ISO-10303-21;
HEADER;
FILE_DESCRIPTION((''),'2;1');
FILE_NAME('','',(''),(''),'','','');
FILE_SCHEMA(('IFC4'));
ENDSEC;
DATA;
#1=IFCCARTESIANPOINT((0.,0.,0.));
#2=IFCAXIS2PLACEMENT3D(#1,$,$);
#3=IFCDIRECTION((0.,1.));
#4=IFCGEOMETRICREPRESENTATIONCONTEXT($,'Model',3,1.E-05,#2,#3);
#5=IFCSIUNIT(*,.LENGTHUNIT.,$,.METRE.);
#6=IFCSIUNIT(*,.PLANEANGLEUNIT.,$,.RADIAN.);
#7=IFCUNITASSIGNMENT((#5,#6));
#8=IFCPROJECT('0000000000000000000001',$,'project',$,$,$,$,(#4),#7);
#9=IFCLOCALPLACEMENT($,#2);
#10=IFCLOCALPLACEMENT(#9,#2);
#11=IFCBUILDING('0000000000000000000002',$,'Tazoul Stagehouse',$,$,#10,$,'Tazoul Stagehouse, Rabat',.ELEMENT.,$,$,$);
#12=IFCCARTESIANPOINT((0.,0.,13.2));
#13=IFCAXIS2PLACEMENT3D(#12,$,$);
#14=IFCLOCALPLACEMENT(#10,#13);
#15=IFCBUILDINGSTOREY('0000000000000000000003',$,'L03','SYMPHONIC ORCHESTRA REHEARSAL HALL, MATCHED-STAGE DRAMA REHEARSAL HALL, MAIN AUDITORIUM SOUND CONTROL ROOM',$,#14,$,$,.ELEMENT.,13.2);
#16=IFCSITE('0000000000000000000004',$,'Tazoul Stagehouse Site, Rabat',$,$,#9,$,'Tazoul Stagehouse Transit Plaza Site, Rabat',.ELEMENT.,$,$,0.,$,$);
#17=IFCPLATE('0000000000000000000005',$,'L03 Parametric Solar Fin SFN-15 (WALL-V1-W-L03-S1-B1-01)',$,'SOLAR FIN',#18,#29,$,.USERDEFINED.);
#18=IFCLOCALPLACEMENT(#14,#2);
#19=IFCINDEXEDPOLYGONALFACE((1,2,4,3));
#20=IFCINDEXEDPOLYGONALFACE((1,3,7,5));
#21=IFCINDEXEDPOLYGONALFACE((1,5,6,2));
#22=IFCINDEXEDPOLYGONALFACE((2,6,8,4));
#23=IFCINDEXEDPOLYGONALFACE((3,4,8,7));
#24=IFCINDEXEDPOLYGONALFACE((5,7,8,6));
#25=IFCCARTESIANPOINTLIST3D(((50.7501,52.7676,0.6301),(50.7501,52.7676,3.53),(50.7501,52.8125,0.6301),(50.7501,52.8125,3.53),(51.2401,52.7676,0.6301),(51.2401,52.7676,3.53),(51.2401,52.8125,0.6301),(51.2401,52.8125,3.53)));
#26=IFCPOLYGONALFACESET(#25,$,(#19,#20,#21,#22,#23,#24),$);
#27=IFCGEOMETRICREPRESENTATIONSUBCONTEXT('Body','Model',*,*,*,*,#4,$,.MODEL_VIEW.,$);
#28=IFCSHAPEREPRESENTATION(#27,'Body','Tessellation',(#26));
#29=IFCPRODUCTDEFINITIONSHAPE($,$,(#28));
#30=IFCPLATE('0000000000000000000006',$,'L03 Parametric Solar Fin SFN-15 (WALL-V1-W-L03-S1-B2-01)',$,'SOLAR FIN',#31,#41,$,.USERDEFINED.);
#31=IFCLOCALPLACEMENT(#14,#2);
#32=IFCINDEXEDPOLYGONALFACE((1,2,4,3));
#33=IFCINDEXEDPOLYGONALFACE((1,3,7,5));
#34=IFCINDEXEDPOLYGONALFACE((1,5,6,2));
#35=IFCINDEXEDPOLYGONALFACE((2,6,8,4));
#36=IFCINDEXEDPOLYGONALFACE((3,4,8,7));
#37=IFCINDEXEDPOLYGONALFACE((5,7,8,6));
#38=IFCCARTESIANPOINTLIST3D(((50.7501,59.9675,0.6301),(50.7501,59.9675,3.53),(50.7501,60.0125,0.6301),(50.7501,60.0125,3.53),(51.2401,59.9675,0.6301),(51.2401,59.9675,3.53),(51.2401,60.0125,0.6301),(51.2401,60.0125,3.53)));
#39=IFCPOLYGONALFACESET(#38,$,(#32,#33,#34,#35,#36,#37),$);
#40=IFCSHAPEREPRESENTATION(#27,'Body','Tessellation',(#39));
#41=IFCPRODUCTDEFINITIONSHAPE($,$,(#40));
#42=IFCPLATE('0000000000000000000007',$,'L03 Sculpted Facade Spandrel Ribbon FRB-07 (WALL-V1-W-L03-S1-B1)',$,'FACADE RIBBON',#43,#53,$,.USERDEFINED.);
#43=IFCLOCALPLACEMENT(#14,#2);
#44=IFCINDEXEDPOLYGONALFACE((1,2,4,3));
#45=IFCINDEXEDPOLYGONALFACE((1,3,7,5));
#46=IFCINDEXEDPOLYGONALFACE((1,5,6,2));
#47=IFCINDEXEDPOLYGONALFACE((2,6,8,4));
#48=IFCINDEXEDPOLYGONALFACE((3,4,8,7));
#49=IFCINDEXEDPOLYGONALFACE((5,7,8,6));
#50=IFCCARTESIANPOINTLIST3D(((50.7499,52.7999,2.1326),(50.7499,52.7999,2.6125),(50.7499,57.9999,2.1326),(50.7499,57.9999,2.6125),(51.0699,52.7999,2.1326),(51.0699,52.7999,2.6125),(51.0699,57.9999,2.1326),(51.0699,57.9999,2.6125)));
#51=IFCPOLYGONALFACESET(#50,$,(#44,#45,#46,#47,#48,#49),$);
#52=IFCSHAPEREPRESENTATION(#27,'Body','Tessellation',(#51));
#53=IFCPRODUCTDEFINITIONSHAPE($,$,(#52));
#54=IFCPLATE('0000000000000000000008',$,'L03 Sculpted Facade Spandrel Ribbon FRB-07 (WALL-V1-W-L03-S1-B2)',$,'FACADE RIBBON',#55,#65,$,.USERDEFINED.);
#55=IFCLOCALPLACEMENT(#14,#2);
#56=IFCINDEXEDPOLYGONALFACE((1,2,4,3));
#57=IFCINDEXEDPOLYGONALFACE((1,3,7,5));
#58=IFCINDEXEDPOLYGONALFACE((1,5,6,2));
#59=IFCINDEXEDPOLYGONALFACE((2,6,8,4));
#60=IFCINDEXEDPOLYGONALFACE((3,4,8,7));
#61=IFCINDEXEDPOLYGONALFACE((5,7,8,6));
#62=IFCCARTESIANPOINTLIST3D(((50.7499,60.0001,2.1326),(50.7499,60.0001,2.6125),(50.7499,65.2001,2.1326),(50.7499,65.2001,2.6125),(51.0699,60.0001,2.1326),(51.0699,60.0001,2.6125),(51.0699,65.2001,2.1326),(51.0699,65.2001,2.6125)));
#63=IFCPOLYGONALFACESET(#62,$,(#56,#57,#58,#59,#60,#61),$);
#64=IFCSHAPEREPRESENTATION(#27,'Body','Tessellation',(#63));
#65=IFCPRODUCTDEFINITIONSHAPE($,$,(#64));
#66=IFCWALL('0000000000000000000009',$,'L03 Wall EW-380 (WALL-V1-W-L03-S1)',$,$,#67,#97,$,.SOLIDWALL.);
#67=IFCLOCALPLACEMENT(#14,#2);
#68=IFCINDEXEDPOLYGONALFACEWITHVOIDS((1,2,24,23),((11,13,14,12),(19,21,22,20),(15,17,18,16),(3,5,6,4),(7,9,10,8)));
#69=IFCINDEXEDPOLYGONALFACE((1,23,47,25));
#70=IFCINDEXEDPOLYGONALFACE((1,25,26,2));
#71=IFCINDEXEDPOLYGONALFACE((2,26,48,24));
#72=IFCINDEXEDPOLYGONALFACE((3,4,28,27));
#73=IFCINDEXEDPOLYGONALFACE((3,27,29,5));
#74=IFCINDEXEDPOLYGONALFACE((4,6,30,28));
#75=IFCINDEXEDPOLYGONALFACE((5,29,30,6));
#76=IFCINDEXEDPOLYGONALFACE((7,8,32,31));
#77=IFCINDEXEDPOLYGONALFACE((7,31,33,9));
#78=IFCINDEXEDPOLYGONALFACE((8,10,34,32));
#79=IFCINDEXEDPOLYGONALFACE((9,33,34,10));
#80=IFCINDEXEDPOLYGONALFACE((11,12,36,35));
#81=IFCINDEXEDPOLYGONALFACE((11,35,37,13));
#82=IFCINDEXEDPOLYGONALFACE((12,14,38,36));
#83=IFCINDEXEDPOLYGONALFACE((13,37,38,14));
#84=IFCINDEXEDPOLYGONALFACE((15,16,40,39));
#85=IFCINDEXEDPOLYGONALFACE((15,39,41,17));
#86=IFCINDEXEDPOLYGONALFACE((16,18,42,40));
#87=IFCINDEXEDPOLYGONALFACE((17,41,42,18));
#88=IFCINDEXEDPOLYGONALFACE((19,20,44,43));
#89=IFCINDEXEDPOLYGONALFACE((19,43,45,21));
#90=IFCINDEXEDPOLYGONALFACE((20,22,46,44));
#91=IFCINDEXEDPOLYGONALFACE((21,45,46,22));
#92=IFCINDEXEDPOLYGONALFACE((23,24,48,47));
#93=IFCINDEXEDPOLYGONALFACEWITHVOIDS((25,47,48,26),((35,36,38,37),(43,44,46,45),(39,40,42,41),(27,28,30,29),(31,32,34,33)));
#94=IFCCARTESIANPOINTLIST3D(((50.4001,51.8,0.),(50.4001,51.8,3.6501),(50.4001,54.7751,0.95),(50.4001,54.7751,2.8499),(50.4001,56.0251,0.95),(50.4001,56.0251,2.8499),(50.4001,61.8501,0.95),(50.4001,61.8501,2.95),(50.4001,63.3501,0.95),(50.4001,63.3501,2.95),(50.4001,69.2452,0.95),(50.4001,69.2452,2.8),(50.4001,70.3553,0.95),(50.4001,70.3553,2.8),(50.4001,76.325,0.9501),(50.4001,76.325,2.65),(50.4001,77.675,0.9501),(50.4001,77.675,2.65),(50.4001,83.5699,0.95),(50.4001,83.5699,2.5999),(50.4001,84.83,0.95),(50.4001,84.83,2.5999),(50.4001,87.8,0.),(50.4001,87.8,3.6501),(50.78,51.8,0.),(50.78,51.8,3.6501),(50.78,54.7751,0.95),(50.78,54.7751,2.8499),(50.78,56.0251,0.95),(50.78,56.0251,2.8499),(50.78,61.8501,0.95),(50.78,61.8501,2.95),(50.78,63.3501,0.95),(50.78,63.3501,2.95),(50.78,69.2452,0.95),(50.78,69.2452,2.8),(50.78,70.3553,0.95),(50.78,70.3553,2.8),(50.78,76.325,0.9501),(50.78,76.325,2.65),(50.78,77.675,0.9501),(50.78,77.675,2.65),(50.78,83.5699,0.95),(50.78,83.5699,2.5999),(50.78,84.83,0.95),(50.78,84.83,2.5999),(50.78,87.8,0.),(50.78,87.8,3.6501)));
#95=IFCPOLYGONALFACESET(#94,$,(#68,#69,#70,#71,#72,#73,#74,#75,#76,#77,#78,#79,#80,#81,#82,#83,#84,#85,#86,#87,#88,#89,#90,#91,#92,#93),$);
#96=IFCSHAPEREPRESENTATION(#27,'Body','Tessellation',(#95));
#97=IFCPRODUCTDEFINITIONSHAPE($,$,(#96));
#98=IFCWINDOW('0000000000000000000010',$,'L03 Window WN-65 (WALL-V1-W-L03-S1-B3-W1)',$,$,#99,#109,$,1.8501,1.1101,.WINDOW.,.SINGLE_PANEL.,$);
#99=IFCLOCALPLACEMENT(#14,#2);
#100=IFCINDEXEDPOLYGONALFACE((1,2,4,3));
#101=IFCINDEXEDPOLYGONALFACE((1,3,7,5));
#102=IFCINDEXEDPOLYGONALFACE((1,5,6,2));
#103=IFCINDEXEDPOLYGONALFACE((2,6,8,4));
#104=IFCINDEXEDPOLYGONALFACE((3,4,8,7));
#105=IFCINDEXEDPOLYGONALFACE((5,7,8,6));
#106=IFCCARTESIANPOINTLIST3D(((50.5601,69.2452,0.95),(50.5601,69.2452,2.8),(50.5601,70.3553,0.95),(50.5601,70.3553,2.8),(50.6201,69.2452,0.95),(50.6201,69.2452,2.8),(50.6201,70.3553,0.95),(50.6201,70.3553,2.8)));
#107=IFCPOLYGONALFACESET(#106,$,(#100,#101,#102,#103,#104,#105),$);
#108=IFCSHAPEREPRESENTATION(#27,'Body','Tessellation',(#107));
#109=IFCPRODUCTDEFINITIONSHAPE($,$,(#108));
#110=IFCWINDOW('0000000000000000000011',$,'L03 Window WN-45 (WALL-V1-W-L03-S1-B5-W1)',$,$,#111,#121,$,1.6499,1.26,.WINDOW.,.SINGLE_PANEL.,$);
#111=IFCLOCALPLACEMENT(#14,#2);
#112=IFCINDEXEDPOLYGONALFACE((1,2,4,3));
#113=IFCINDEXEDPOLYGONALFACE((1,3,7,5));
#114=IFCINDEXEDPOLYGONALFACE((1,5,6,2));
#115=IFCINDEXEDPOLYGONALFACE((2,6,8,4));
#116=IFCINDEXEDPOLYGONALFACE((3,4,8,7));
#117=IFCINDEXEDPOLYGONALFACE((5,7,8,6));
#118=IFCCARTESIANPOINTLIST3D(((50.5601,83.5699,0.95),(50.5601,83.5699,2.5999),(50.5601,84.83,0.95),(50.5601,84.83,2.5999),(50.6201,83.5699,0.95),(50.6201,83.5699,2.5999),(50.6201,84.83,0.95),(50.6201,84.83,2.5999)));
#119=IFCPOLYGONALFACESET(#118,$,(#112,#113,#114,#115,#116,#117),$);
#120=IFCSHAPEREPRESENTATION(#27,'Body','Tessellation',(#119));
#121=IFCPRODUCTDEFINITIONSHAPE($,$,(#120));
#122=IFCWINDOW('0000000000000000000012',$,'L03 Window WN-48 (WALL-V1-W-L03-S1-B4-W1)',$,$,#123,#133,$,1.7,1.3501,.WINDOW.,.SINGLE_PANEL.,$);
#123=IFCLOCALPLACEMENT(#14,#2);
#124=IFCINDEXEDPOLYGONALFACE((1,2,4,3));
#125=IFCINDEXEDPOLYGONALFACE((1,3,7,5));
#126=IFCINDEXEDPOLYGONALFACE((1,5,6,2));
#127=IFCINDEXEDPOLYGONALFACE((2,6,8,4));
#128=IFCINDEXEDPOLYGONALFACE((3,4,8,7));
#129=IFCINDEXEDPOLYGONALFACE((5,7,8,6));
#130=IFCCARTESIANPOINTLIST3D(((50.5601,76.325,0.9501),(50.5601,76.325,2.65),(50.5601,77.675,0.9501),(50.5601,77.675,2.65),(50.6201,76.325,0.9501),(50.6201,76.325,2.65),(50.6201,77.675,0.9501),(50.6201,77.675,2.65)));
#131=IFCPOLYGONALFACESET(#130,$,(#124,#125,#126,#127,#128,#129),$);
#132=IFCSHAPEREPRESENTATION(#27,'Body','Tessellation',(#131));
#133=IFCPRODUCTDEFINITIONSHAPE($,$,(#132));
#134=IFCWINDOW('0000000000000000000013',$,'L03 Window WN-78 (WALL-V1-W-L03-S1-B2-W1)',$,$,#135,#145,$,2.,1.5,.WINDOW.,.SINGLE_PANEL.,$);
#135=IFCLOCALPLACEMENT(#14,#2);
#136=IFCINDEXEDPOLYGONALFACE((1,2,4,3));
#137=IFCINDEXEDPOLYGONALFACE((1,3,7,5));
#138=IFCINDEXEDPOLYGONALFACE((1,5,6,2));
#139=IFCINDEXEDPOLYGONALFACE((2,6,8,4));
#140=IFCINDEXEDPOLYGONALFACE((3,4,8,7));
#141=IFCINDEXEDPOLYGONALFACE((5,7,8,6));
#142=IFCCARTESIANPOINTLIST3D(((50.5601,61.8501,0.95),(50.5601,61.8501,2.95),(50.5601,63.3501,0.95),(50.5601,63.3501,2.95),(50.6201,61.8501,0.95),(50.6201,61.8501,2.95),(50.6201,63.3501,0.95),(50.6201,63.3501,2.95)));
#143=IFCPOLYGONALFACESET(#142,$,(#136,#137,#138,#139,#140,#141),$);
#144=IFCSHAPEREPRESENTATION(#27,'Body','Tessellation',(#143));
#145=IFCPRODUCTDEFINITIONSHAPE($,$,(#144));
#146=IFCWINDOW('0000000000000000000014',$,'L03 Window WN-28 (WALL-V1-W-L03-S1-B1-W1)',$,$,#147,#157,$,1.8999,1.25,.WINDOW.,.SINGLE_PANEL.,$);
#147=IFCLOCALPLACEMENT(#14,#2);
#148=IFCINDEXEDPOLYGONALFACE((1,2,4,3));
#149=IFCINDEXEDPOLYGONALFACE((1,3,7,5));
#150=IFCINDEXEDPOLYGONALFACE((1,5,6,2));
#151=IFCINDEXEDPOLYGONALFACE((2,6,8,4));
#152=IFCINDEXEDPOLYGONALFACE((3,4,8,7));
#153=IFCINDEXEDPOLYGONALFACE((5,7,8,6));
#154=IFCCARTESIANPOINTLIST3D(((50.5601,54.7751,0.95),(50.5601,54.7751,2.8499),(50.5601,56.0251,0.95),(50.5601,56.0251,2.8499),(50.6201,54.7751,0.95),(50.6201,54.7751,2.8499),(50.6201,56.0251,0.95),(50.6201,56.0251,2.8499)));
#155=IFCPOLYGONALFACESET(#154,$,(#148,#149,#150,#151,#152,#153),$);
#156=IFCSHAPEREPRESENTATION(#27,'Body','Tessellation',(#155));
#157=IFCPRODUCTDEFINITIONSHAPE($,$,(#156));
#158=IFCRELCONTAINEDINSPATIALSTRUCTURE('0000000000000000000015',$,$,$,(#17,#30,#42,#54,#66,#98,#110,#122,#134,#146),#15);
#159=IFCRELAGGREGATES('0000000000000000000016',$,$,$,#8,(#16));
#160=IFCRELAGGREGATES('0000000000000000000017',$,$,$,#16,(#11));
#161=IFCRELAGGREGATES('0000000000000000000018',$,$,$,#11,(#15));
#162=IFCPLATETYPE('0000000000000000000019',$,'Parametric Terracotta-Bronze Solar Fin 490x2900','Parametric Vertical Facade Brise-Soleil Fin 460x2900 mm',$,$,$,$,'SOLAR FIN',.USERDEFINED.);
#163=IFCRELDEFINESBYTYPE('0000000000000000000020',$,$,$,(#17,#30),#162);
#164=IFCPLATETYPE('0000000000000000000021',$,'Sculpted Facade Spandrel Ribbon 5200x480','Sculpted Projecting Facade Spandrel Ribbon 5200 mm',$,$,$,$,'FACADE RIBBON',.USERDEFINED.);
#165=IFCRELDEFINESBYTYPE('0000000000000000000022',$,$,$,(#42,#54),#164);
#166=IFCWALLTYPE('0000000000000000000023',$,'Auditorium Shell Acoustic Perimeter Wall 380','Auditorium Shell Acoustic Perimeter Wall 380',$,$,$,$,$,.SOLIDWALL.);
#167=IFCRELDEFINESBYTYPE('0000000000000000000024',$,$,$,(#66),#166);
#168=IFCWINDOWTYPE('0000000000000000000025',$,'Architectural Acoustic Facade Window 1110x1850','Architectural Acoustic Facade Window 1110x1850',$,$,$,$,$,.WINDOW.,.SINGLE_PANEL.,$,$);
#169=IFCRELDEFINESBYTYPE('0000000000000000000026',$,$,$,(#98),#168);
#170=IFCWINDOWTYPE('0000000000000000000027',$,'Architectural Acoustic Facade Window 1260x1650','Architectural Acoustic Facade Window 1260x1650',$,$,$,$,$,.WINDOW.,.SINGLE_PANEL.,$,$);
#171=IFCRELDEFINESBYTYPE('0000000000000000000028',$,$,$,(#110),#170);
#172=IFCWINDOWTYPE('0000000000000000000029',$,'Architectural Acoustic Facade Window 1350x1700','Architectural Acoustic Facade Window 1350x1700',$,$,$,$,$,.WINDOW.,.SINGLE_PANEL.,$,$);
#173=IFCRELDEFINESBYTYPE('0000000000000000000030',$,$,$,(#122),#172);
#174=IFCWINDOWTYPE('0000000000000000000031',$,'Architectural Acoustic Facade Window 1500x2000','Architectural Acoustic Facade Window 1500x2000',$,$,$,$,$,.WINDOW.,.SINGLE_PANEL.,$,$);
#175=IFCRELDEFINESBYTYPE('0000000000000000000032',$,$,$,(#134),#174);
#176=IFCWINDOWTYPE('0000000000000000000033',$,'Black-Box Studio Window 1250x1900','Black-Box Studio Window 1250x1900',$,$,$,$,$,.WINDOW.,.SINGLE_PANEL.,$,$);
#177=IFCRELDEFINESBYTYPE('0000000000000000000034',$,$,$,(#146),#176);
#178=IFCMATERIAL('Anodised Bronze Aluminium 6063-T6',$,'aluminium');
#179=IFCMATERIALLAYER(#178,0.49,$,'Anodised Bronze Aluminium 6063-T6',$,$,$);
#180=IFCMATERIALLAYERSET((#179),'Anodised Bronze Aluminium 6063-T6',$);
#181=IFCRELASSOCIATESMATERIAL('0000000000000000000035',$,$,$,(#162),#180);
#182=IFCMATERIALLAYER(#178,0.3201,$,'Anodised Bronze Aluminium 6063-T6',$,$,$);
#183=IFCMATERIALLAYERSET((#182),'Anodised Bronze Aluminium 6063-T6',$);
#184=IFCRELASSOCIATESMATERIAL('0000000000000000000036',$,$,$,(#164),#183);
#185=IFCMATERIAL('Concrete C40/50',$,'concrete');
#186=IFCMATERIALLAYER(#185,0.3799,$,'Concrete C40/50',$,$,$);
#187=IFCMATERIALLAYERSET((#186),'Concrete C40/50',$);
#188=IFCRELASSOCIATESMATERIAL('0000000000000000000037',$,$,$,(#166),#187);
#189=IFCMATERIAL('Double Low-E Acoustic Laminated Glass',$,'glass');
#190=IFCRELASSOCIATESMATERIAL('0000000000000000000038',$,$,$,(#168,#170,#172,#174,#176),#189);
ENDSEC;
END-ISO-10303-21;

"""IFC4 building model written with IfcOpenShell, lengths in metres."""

from ifc_helpers import new_model, si_unit, direction, frame, frame_2d, origin, origin_2d, place, context, subcontext, project, spatial, rectangle, extrude, material, layer, layer_set, type_object, element, fill, save


model = new_model("IFC4")

# Units and contexts
model_context = context("Model", 3, precision=1e-05, world=origin(), true_north=direction((0.0, 1.0)))
body_context = subcontext(model_context, "Body", "Model", "MODEL_VIEW")
ifc_project = project(units=[si_unit("LENGTHUNIT", "METRE"), si_unit("PLANEANGLEUNIT", "RADIAN")], contexts=[model_context])

# Site, building, storey
site_placement = place(None, origin())
site = spatial("IfcSite", under=ifc_project, at=site_placement, Name="Tazoul Stagehouse Site, Rabat", LongName="Tazoul Stagehouse Transit Plaza Site, Rabat", CompositionType="ELEMENT", RefElevation=0.0)
building_placement = place(site_placement, origin())
building = spatial("IfcBuilding", under=site, at=building_placement, Name="Tazoul Stagehouse", LongName="Tazoul Stagehouse, Rabat", CompositionType="ELEMENT")
storey_placement = place(building_placement, frame((0.0, 0.0, 13.2)))
storey = spatial("IfcBuildingStorey", under=building, at=storey_placement, Name="L03", Description="SYMPHONIC ORCHESTRA REHEARSAL HALL, MATCHED-STAGE DRAMA REHEARSAL HALL, MAIN AUDITORIUM SOUND CONTROL ROOM", CompositionType="ELEMENT", Elevation=13.2)

# Shared definitions
ifc_material_1 = material(Name="Concrete C40/50", Category="concrete")

# Plates
ifc_material_2 = material(Name="Anodised Bronze Aluminium 6063-T6", Category="aluminium")
ifc_layer_1 = layer(ifc_material_2, 0.49, Name="Anodised Bronze Aluminium 6063-T6")
ifc_layer_set_1 = layer_set([ifc_layer_1], Name="Anodised Bronze Aluminium 6063-T6")
plate_type_1 = type_object("IfcPlateType", Name="Parametric Terracotta-Bronze Solar Fin 490x2900", Description="Parametric Vertical Facade Brise-Soleil Fin 460x2900 mm", ElementType="SOLAR FIN", PredefinedType="USERDEFINED", material=ifc_layer_set_1)
for number, where, z_axis, x_axis, name in (
    (1, (50.9951, 52.79, 0.6301), (0.0, 0.0, 1.0), (0.0, 1.0, 0.0), "L03 Parametric Solar Fin SFN-15 (WALL-V1-W-L03-S1-B1-01)"),
    (2, (50.9951, 59.99, 0.6301), (0.0, 0.0, 1.0), (0.0, 1.0, 0.0), "L03 Parametric Solar Fin SFN-15 (WALL-V1-W-L03-S1-B2-01)"),
):
    element("IfcPlate", number, at=place(storey_placement, frame(where, z_axis=z_axis, x_axis=x_axis)), inside=storey, type_object=plate_type_1, Name=name, ObjectType="SOLAR FIN", PredefinedType="USERDEFINED", context=body_context, shape_type="SweptSolid", body=[
        extrude(rectangle(XDim=0.0449, YDim=0.49, at=origin_2d()), origin(), (0.0, 0.0, 1.0), 2.8999),
    ])
ifc_layer_2 = layer(ifc_material_2, 0.3201, Name="Anodised Bronze Aluminium 6063-T6")
ifc_layer_set_2 = layer_set([ifc_layer_2], Name="Anodised Bronze Aluminium 6063-T6")
plate_type_2 = type_object("IfcPlateType", Name="Sculpted Facade Spandrel Ribbon 5200x480", Description="Sculpted Projecting Facade Spandrel Ribbon 5200 mm", ElementType="FACADE RIBBON", PredefinedType="USERDEFINED", material=ifc_layer_set_2)
for number, where, z_axis, x_axis, name in (
    (3, (50.9099, 55.3999, 2.1326), (0.0, 0.0, 1.0), (0.0, 1.0, 0.0), "L03 Sculpted Facade Spandrel Ribbon FRB-07 (WALL-V1-W-L03-S1-B1)"),
    (4, (50.9099, 62.6001, 2.1326), (0.0, 0.0, 1.0), (0.0, 1.0, 0.0), "L03 Sculpted Facade Spandrel Ribbon FRB-07 (WALL-V1-W-L03-S1-B2)"),
):
    element("IfcPlate", number, at=place(storey_placement, frame(where, z_axis=z_axis, x_axis=x_axis)), inside=storey, type_object=plate_type_2, Name=name, ObjectType="FACADE RIBBON", PredefinedType="USERDEFINED", context=body_context, shape_type="SweptSolid", body=[
        extrude(rectangle(XDim=5.2, YDim=0.3201, at=origin_2d()), origin(), (0.0, 0.0, 1.0), 0.48),
    ])

# Wall, openings, windows
ifc_layer_3 = layer(ifc_material_1, 0.3799, Name="Concrete C40/50")
ifc_layer_set_3 = layer_set([ifc_layer_3], Name="Concrete C40/50")
wall_type = type_object("IfcWallType", Name="Auditorium Shell Acoustic Perimeter Wall 380", Description="Auditorium Shell Acoustic Perimeter Wall 380", PredefinedType="SOLIDWALL", material=ifc_layer_set_3)
wall_1_placement = place(storey_placement, frame((50.5901, 51.8, 0.0), z_axis=(0.0, 0.0, 1.0), x_axis=(0.0, 1.0, 0.0)))
wall_1 = element("IfcWall", 5, at=wall_1_placement, inside=storey, type_object=wall_type, Name="L03 Wall EW-380 (WALL-V1-W-L03-S1)", PredefinedType="SOLIDWALL", context=body_context, shape_type="SweptSolid", body=[
    extrude(rectangle(XDim=36.0, YDim=0.3799, at=frame_2d((18.0, 0.0))), origin(), (0.0, 0.0, 1.0), 3.6501),
])
opening_1_placement = place(wall_1_placement, frame((2.9751, 0.0, 0.95)))
opening_1 = element("IfcOpeningElement", 6, at=opening_1_placement, cuts=wall_1, PredefinedType="OPENING", context=body_context, shape_type="SweptSolid", body=[
    extrude(rectangle(XDim=1.25, YDim=1.8999, at=frame_2d((0.625, 0.95))), frame((0.0, 0.21, 0.0), z_axis=(0.0, -1.0, 0.0), x_axis=(1.0, 0.0, 0.0)), (0.0, 0.0, 1.0), 0.4199),
])
opening_2_placement = place(wall_1_placement, frame((10.05, 0.0, 0.95)))
opening_2 = element("IfcOpeningElement", 7, at=opening_2_placement, cuts=wall_1, PredefinedType="OPENING", context=body_context, shape_type="SweptSolid", body=[
    extrude(rectangle(XDim=1.5, YDim=2.0, at=frame_2d((0.75, 1.0))), frame((0.0, 0.21, 0.0), z_axis=(0.0, -1.0, 0.0), x_axis=(1.0, 0.0, 0.0)), (0.0, 0.0, 1.0), 0.4199),
])
opening_3_placement = place(wall_1_placement, frame((17.4451, 0.0, 0.95)))
opening_3 = element("IfcOpeningElement", 8, at=opening_3_placement, cuts=wall_1, PredefinedType="OPENING", context=body_context, shape_type="SweptSolid", body=[
    extrude(rectangle(XDim=1.1101, YDim=1.8501, at=frame_2d((0.5552, 0.925))), frame((0.0, 0.21, 0.0), z_axis=(0.0, -1.0, 0.0), x_axis=(1.0, 0.0, 0.0)), (0.0, 0.0, 1.0), 0.4199),
])
opening_4_placement = place(wall_1_placement, frame((24.5249, 0.0, 0.95)))
opening_4 = element("IfcOpeningElement", 9, at=opening_4_placement, cuts=wall_1, PredefinedType="OPENING", context=body_context, shape_type="SweptSolid", body=[
    extrude(rectangle(XDim=1.3501, YDim=1.7, at=frame_2d((0.675, 0.8501))), frame((0.0, 0.21, 0.0), z_axis=(0.0, -1.0, 0.0), x_axis=(1.0, 0.0, 0.0)), (0.0, 0.0, 1.0), 0.4199),
])
opening_5_placement = place(wall_1_placement, frame((31.77, 0.0, 0.95)))
opening_5 = element("IfcOpeningElement", 10, at=opening_5_placement, cuts=wall_1, PredefinedType="OPENING", context=body_context, shape_type="SweptSolid", body=[
    extrude(rectangle(XDim=1.26, YDim=1.6499, at=frame_2d((0.6299, 0.825))), frame((0.0, 0.21, 0.0), z_axis=(0.0, -1.0, 0.0), x_axis=(1.0, 0.0, 0.0)), (0.0, 0.0, 1.0), 0.4199),
])
ifc_material_3 = material(Name="Double Low-E Acoustic Laminated Glass", Category="glass")
window_type_1 = type_object("IfcWindowType", Name="Architectural Acoustic Facade Window 1110x1850", Description="Architectural Acoustic Facade Window 1110x1850", PartitioningType="SINGLE_PANEL", PredefinedType="WINDOW", material=ifc_material_3)
window_1_placement = place(opening_3_placement, origin())
window_1 = element("IfcWindow", 11, at=window_1_placement, inside=storey, type_object=window_type_1, Name="L03 Window WN-65 (WALL-V1-W-L03-S1-B3-W1)", OverallHeight=1.8501, OverallWidth=1.1101, PartitioningType="SINGLE_PANEL", PredefinedType="WINDOW", context=body_context, shape_type="SweptSolid", body=[
    extrude(rectangle(XDim=1.1101, YDim=1.8501, at=frame_2d((0.5552, 0.925))), frame((0.0, 0.03, 0.0), z_axis=(0.0, -1.0, 0.0), x_axis=(1.0, 0.0, 0.0)), (0.0, 0.0, 1.0), 0.0601),
])
fill(opening_3, window_1)
window_type_2 = type_object("IfcWindowType", Name="Architectural Acoustic Facade Window 1260x1650", Description="Architectural Acoustic Facade Window 1260x1650", PartitioningType="SINGLE_PANEL", PredefinedType="WINDOW", material=ifc_material_3)
window_2_placement = place(opening_5_placement, origin())
window_2 = element("IfcWindow", 12, at=window_2_placement, inside=storey, type_object=window_type_2, Name="L03 Window WN-45 (WALL-V1-W-L03-S1-B5-W1)", OverallHeight=1.6499, OverallWidth=1.26, PartitioningType="SINGLE_PANEL", PredefinedType="WINDOW", context=body_context, shape_type="SweptSolid", body=[
    extrude(rectangle(XDim=1.26, YDim=1.6499, at=frame_2d((0.6299, 0.825))), frame((0.0, 0.03, 0.0), z_axis=(0.0, -1.0, 0.0), x_axis=(1.0, 0.0, 0.0)), (0.0, 0.0, 1.0), 0.0601),
])
fill(opening_5, window_2)
window_type_3 = type_object("IfcWindowType", Name="Architectural Acoustic Facade Window 1350x1700", Description="Architectural Acoustic Facade Window 1350x1700", PartitioningType="SINGLE_PANEL", PredefinedType="WINDOW", material=ifc_material_3)
window_3_placement = place(opening_4_placement, origin())
window_3 = element("IfcWindow", 13, at=window_3_placement, inside=storey, type_object=window_type_3, Name="L03 Window WN-48 (WALL-V1-W-L03-S1-B4-W1)", OverallHeight=1.7, OverallWidth=1.3501, PartitioningType="SINGLE_PANEL", PredefinedType="WINDOW", context=body_context, shape_type="SweptSolid", body=[
    extrude(rectangle(XDim=1.3501, YDim=1.7, at=frame_2d((0.675, 0.8501))), frame((0.0, 0.03, 0.0), z_axis=(0.0, -1.0, 0.0), x_axis=(1.0, 0.0, 0.0)), (0.0, 0.0, 1.0), 0.0601),
])
fill(opening_4, window_3)
window_type_4 = type_object("IfcWindowType", Name="Architectural Acoustic Facade Window 1500x2000", Description="Architectural Acoustic Facade Window 1500x2000", PartitioningType="SINGLE_PANEL", PredefinedType="WINDOW", material=ifc_material_3)
window_4_placement = place(opening_2_placement, origin())
window_4 = element("IfcWindow", 14, at=window_4_placement, inside=storey, type_object=window_type_4, Name="L03 Window WN-78 (WALL-V1-W-L03-S1-B2-W1)", OverallHeight=2.0, OverallWidth=1.5, PartitioningType="SINGLE_PANEL", PredefinedType="WINDOW", context=body_context, shape_type="SweptSolid", body=[
    extrude(rectangle(XDim=1.5, YDim=2.0, at=frame_2d((0.75, 1.0))), frame((0.0, 0.03, 0.0), z_axis=(0.0, -1.0, 0.0), x_axis=(1.0, 0.0, 0.0)), (0.0, 0.0, 1.0), 0.0601),
])
fill(opening_2, window_4)
window_type_5 = type_object("IfcWindowType", Name="Black-Box Studio Window 1250x1900", Description="Black-Box Studio Window 1250x1900", PartitioningType="SINGLE_PANEL", PredefinedType="WINDOW", material=ifc_material_3)
window_5_placement = place(opening_1_placement, origin())
window_5 = element("IfcWindow", 15, at=window_5_placement, inside=storey, type_object=window_type_5, Name="L03 Window WN-28 (WALL-V1-W-L03-S1-B1-W1)", OverallHeight=1.8999, OverallWidth=1.25, PartitioningType="SINGLE_PANEL", PredefinedType="WINDOW", context=body_context, shape_type="SweptSolid", body=[
    extrude(rectangle(XDim=1.25, YDim=1.8999, at=frame_2d((0.625, 0.95))), frame((0.0, 0.03, 0.0), z_axis=(0.0, -1.0, 0.0), x_axis=(1.0, 0.0, 0.0)), (0.0, 0.0, 1.0), 0.0601),
])
fill(opening_1, window_5)

save(model, "model.ifc")
